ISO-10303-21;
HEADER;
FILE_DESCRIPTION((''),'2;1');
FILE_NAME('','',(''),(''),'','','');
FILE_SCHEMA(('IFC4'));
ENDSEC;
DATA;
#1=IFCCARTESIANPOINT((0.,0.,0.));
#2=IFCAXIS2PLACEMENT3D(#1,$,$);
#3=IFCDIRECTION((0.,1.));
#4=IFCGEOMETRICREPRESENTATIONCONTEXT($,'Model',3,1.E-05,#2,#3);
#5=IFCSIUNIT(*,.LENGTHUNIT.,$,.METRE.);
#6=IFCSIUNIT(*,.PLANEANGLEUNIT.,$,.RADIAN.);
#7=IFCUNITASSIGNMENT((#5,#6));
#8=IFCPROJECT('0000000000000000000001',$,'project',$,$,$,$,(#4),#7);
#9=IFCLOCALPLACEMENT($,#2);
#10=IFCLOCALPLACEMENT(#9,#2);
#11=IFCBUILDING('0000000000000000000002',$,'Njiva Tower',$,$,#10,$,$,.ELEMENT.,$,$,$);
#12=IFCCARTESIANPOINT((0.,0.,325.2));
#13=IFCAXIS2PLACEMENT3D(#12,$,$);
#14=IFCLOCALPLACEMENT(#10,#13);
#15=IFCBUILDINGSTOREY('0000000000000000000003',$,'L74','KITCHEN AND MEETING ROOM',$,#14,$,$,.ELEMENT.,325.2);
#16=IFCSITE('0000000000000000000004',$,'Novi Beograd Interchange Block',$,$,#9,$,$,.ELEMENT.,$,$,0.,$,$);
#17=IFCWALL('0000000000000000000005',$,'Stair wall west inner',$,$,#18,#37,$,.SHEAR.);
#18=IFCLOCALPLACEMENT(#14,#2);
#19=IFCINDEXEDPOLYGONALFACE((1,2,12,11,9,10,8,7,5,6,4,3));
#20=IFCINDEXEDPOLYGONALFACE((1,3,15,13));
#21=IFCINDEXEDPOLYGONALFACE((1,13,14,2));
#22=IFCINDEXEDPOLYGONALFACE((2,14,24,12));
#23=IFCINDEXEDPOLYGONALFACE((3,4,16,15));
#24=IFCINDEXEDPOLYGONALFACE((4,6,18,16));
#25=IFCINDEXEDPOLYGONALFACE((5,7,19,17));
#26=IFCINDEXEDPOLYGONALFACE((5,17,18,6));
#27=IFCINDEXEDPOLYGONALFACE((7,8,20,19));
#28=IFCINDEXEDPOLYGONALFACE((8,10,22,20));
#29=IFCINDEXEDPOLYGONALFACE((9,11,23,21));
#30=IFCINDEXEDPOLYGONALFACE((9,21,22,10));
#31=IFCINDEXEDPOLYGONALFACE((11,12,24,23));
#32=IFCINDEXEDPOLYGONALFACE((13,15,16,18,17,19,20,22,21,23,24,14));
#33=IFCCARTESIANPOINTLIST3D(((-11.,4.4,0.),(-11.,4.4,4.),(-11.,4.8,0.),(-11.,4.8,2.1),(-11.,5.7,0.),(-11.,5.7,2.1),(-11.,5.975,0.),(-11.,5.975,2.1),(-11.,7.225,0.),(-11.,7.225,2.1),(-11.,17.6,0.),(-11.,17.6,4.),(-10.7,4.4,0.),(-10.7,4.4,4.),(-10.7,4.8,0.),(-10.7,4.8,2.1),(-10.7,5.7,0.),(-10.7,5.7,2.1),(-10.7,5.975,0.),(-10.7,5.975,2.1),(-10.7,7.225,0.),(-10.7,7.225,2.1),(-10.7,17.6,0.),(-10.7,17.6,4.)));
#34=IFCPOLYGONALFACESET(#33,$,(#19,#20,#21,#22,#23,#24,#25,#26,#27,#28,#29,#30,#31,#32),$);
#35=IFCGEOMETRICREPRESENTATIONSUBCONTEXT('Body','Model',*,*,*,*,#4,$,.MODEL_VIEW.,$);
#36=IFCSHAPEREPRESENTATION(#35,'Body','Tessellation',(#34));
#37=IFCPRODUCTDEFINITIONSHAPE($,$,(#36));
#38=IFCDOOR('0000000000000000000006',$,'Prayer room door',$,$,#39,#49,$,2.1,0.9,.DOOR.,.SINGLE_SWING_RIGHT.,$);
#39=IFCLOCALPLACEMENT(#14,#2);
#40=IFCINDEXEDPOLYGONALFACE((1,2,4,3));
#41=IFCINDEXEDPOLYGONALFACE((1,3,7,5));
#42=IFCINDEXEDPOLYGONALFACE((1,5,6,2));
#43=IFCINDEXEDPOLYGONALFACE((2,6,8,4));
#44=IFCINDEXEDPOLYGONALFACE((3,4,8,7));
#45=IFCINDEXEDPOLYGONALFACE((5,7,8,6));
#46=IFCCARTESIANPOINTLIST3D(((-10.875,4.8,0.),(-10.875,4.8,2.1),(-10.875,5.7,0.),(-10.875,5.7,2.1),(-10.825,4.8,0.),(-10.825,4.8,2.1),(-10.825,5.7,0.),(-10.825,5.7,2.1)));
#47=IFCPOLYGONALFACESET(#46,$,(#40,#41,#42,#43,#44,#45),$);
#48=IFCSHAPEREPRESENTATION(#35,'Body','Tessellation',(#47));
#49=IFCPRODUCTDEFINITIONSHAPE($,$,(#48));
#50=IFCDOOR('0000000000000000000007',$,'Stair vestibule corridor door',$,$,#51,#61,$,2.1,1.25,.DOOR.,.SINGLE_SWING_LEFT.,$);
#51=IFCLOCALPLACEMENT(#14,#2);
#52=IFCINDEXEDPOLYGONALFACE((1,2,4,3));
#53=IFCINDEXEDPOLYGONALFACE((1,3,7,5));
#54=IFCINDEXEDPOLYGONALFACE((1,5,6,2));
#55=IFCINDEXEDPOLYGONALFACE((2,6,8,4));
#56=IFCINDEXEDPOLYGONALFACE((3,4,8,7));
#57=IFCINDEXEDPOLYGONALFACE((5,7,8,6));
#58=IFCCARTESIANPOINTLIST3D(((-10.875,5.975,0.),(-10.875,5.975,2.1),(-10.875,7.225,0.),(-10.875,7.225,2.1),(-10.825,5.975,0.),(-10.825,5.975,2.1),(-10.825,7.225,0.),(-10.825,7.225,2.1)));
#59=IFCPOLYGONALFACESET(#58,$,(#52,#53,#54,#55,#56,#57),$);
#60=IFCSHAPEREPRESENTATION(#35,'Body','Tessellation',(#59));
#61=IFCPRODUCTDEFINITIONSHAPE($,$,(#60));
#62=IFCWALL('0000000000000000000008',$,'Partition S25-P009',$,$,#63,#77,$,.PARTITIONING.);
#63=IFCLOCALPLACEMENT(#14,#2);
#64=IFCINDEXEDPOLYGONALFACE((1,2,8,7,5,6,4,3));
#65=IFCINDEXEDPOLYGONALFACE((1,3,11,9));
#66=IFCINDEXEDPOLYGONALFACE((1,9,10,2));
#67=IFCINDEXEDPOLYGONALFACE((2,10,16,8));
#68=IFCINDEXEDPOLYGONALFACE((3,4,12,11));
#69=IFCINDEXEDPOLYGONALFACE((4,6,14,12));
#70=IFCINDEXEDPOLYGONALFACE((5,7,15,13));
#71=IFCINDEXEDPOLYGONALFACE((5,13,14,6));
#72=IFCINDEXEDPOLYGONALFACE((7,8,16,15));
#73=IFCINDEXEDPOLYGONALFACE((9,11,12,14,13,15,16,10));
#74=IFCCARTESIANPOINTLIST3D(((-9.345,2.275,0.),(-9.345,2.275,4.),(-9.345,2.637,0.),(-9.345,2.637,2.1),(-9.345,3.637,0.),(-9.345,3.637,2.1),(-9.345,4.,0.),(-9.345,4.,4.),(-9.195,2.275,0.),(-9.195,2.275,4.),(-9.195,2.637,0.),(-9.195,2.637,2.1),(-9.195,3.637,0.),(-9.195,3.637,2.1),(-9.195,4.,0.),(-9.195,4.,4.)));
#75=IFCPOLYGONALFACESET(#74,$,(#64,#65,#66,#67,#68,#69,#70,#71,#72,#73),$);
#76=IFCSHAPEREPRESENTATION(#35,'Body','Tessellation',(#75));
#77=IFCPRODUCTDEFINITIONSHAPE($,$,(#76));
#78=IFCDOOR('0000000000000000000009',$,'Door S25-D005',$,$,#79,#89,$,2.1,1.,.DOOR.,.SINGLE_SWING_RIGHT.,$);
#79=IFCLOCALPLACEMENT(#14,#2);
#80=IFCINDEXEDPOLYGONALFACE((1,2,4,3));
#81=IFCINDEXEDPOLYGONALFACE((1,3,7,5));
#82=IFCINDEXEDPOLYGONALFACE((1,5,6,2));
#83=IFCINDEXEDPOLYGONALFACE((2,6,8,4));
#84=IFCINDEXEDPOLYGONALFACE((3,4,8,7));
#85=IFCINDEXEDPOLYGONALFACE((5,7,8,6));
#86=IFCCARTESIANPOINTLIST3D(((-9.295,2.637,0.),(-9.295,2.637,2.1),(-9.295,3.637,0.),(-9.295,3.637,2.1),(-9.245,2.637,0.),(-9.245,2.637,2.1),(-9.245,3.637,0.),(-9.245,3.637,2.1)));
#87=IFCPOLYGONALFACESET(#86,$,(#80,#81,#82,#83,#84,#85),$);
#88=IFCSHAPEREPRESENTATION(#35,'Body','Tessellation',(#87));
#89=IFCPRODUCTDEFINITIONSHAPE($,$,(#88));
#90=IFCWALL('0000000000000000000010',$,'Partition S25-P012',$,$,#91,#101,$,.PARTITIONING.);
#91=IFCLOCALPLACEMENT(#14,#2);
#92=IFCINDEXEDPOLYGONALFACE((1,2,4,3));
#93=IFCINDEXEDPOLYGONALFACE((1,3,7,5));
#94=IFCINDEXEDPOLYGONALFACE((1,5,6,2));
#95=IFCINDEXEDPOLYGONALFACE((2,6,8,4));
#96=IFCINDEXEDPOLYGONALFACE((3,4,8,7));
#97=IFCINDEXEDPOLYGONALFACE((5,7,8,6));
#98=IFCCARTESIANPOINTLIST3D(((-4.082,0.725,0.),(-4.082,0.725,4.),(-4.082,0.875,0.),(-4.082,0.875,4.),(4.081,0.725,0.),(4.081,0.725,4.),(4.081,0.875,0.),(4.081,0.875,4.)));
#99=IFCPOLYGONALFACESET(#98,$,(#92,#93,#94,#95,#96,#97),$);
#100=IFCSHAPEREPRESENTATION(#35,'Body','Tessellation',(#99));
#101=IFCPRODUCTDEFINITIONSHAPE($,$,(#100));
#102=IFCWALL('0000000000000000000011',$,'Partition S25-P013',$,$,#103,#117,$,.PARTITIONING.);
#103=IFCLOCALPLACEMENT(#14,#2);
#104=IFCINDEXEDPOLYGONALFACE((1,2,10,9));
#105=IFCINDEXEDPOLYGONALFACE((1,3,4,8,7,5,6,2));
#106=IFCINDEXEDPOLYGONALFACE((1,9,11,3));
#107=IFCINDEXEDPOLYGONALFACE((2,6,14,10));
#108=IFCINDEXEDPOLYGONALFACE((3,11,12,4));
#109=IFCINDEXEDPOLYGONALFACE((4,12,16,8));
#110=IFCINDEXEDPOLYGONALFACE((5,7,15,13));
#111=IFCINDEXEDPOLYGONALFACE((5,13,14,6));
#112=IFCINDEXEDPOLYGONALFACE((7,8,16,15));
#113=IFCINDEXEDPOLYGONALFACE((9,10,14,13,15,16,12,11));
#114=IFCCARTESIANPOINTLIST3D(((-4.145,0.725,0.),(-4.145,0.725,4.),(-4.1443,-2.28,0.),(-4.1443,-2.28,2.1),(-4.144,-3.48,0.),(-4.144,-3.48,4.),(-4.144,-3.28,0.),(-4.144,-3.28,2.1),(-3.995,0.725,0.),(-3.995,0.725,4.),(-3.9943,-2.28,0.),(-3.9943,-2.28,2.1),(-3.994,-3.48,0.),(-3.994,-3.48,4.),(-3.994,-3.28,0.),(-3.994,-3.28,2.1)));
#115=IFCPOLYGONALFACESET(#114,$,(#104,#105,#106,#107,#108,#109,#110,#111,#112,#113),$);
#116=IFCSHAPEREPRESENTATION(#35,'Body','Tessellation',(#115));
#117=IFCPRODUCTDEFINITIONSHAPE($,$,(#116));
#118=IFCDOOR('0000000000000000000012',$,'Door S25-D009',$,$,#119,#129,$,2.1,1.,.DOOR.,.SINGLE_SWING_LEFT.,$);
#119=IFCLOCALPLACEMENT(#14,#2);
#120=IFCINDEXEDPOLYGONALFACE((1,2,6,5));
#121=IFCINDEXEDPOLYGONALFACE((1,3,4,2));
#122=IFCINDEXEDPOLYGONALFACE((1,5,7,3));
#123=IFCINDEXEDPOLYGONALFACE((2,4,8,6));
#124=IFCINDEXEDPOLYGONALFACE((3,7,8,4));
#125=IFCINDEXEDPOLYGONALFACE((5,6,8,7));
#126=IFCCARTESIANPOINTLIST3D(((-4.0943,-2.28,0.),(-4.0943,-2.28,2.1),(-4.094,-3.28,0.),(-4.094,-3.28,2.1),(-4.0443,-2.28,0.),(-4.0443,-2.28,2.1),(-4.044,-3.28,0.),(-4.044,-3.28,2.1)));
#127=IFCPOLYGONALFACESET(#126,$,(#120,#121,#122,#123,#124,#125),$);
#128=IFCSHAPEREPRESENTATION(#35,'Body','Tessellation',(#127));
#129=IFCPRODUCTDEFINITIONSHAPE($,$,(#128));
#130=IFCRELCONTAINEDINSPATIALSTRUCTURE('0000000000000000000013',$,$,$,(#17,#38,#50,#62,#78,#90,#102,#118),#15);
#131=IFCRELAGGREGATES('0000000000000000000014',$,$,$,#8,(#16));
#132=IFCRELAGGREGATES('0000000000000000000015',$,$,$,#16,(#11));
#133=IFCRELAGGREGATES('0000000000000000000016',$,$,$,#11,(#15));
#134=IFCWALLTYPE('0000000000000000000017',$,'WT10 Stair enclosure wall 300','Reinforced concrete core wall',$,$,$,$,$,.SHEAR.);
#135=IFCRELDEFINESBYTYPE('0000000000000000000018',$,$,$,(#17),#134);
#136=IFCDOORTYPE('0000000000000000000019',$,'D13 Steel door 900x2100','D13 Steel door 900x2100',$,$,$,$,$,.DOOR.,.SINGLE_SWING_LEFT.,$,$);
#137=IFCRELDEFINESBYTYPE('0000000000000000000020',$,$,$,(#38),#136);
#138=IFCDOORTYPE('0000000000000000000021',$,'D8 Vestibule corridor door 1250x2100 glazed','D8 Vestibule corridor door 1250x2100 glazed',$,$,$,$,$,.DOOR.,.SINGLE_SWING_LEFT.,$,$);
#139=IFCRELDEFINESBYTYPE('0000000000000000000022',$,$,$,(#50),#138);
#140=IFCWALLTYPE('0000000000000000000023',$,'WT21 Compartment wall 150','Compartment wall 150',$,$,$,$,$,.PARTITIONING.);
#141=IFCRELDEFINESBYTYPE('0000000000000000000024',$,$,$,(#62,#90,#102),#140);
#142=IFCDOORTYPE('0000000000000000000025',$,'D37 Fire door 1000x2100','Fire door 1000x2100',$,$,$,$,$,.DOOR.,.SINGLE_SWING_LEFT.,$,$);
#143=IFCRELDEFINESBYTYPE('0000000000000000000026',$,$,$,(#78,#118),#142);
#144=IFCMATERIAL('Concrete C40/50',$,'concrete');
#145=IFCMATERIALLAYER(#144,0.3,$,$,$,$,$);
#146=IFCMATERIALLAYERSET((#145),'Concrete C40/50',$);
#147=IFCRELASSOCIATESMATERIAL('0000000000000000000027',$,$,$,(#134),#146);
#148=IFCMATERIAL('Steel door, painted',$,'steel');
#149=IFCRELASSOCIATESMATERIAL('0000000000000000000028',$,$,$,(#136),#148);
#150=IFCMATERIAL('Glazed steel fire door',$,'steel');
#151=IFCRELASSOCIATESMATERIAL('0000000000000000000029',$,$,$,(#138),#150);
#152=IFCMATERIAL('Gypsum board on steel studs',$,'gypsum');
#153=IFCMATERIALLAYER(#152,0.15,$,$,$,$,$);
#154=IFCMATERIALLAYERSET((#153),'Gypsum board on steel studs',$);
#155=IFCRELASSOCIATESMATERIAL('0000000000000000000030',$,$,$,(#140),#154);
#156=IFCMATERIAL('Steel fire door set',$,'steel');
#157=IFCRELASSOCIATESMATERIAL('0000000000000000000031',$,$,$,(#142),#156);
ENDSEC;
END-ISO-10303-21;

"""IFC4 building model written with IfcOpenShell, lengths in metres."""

from ifc_helpers import new_model, si_unit, direction, frame, frame_2d, origin, place, context, subcontext, project, spatial, rectangle, extrude, material, layer, layer_set, type_object, element, fill, save


model = new_model("IFC4")

# Units and contexts
model_context = context("Model", 3, precision=1e-05, world=origin(), true_north=direction((0.0, 1.0)))
body_context = subcontext(model_context, "Body", "Model", "MODEL_VIEW")
ifc_project = project(units=[si_unit("LENGTHUNIT", "METRE"), si_unit("PLANEANGLEUNIT", "RADIAN")], contexts=[model_context])

# Site, building, storey
site_placement = place(None, origin())
site = spatial("IfcSite", under=ifc_project, at=site_placement, Name="Novi Beograd Interchange Block", CompositionType="ELEMENT", RefElevation=0.0)
building_placement = place(site_placement, origin())
building = spatial("IfcBuilding", under=site, at=building_placement, Name="Njiva Tower", CompositionType="ELEMENT")
storey_placement = place(building_placement, frame((0.0, 0.0, 325.2)))
storey = spatial("IfcBuildingStorey", under=building, at=storey_placement, Name="L74", Description="KITCHEN AND MEETING ROOM", CompositionType="ELEMENT", Elevation=325.2)

# Wall, openings, doors
ifc_material_1 = material(Name="Concrete C40/50", Category="concrete")
ifc_layer_1 = layer(ifc_material_1, 0.3)
ifc_layer_set_1 = layer_set([ifc_layer_1], Name="Concrete C40/50")
wall_type_1 = type_object("IfcWallType", Name="WT10 Stair enclosure wall 300", Description="Reinforced concrete core wall", PredefinedType="SHEAR", material=ifc_layer_set_1)
wall_1_placement = place(storey_placement, frame((-10.85, 4.4, 0.0), z_axis=(0.0, 0.0, 1.0), x_axis=(0.0, 1.0, 0.0)))
wall_1 = element("IfcWall", 1, at=wall_1_placement, inside=storey, type_object=wall_type_1, Name="Stair wall west inner", PredefinedType="SHEAR", context=body_context, shape_type="SweptSolid", body=[
    extrude(rectangle(XDim=13.2, YDim=0.3, at=frame_2d((6.6, 0.0))), origin(), (0.0, 0.0, 1.0), 4.0),
])
opening_1_placement = place(wall_1_placement, frame((1.575, 0.0, 0.0)))
opening_1 = element("IfcOpeningElement", 2, at=opening_1_placement, cuts=wall_1, PredefinedType="OPENING", context=body_context, shape_type="SweptSolid", body=[
    extrude(rectangle(XDim=1.25, YDim=2.1, at=frame_2d((0.625, 1.05))), frame((0.0, 0.16, 0.0), z_axis=(0.0, -1.0, 0.0), x_axis=(1.0, 0.0, 0.0)), (0.0, 0.0, 1.0), 0.32),
])
opening_2_placement = place(wall_1_placement, frame((0.4, 0.0, 0.0)))
opening_2 = element("IfcOpeningElement", 3, at=opening_2_placement, cuts=wall_1, PredefinedType="OPENING", context=body_context, shape_type="SweptSolid", body=[
    extrude(rectangle(XDim=0.9, YDim=2.1, at=frame_2d((0.45, 1.05))), frame((0.0, 0.16, 0.0), z_axis=(0.0, -1.0, 0.0), x_axis=(1.0, 0.0, 0.0)), (0.0, 0.0, 1.0), 0.32),
])
ifc_material_2 = material(Name="Steel door, painted", Category="steel")
door_type_1 = type_object("IfcDoorType", Name="D13 Steel door 900x2100", Description="D13 Steel door 900x2100", OperationType="SINGLE_SWING_LEFT", PredefinedType="DOOR", material=ifc_material_2)
door_1_placement = place(opening_2_placement, origin())
door_1 = element("IfcDoor", 4, at=door_1_placement, inside=storey, type_object=door_type_1, Name="Prayer room door", OperationType="SINGLE_SWING_RIGHT", OverallHeight=2.1, OverallWidth=0.9, PredefinedType="DOOR", context=body_context, shape_type="SweptSolid", body=[
    extrude(rectangle(XDim=0.9, YDim=2.1, at=frame_2d((0.45, 1.05))), frame((0.0, 0.025, 0.0), z_axis=(0.0, -1.0, 0.0), x_axis=(1.0, 0.0, 0.0)), (0.0, 0.0, 1.0), 0.05),
])
fill(opening_2, door_1)
ifc_material_3 = material(Name="Glazed steel fire door", Category="steel")
door_type_2 = type_object("IfcDoorType", Name="D8 Vestibule corridor door 1250x2100 glazed", Description="D8 Vestibule corridor door 1250x2100 glazed", OperationType="SINGLE_SWING_LEFT", PredefinedType="DOOR", material=ifc_material_3)
door_2_placement = place(opening_1_placement, origin())
door_2 = element("IfcDoor", 5, at=door_2_placement, inside=storey, type_object=door_type_2, Name="Stair vestibule corridor door", OperationType="SINGLE_SWING_LEFT", OverallHeight=2.1, OverallWidth=1.25, PredefinedType="DOOR", context=body_context, shape_type="SweptSolid", body=[
    extrude(rectangle(XDim=1.25, YDim=2.1, at=frame_2d((0.625, 1.05))), frame((0.0, 0.025, 0.0), z_axis=(0.0, -1.0, 0.0), x_axis=(1.0, 0.0, 0.0)), (0.0, 0.0, 1.0), 0.05),
])
fill(opening_1, door_2)

# Wall, opening, door
ifc_material_4 = material(Name="Gypsum board on steel studs", Category="gypsum")
ifc_layer_2 = layer(ifc_material_4, 0.15)
ifc_layer_set_2 = layer_set([ifc_layer_2], Name="Gypsum board on steel studs")
wall_type_2 = type_object("IfcWallType", Name="WT21 Compartment wall 150", Description="Compartment wall 150", PredefinedType="PARTITIONING", material=ifc_layer_set_2)
wall_2_placement = place(storey_placement, frame((-9.27, 2.275, 0.0), z_axis=(0.0, 0.0, 1.0), x_axis=(0.0, 1.0, 0.0)))
wall_2 = element("IfcWall", 6, at=wall_2_placement, inside=storey, type_object=wall_type_2, Name="Partition S25-P009", PredefinedType="PARTITIONING", context=body_context, shape_type="SweptSolid", body=[
    extrude(rectangle(XDim=1.725, YDim=0.15, at=frame_2d((0.8625, 0.0))), origin(), (0.0, 0.0, 1.0), 4.0),
])
opening_3_placement = place(wall_2_placement, frame((0.362, 0.0, 0.0)))
opening_3 = element("IfcOpeningElement", 7, at=opening_3_placement, cuts=wall_2, PredefinedType="OPENING", context=body_context, shape_type="SweptSolid", body=[
    extrude(rectangle(XDim=1.0, YDim=2.1, at=frame_2d((0.5, 1.05))), frame((0.0, 0.085, 0.0), z_axis=(0.0, -1.0, 0.0), x_axis=(1.0, 0.0, 0.0)), (0.0, 0.0, 1.0), 0.17),
])
ifc_material_5 = material(Name="Steel fire door set", Category="steel")
door_type_3 = type_object("IfcDoorType", Name="D37 Fire door 1000x2100", Description="Fire door 1000x2100", OperationType="SINGLE_SWING_LEFT", PredefinedType="DOOR", material=ifc_material_5)
door_3_placement = place(opening_3_placement, origin())
door_3 = element("IfcDoor", 8, at=door_3_placement, inside=storey, type_object=door_type_3, Name="Door S25-D005", OperationType="SINGLE_SWING_RIGHT", OverallHeight=2.1, OverallWidth=1.0, PredefinedType="DOOR", context=body_context, shape_type="SweptSolid", body=[
    extrude(rectangle(XDim=1.0, YDim=2.1, at=frame_2d((0.5, 1.05))), frame((0.0, 0.025, 0.0), z_axis=(0.0, -1.0, 0.0), x_axis=(1.0, 0.0, 0.0)), (0.0, 0.0, 1.0), 0.05),
])
fill(opening_3, door_3)

# Wall
wall_3_placement = place(storey_placement, frame((-4.082, 0.8, 0.0), z_axis=(0.0, 0.0, 1.0), x_axis=(1.0, 0.0, 0.0)))
element("IfcWall", 9, at=wall_3_placement, inside=storey, type_object=wall_type_2, Name="Partition S25-P012", PredefinedType="PARTITIONING", context=body_context, shape_type="SweptSolid", body=[
    extrude(rectangle(XDim=8.163, YDim=0.15, at=frame_2d((4.0815, 0.0))), origin(), (0.0, 0.0, 1.0), 4.0),
])

# Wall, opening, door
wall_4_placement = place(storey_placement, frame((-4.07, 0.725, 0.0), z_axis=(0.0, 0.0, 1.0), x_axis=(0.000238, -1.0, 0.0)))
wall_4 = element("IfcWall", 10, at=wall_4_placement, inside=storey, type_object=wall_type_2, Name="Partition S25-P013", PredefinedType="PARTITIONING", context=body_context, shape_type="SweptSolid", body=[
    extrude(rectangle(XDim=4.205, YDim=0.15, at=frame_2d((2.1025, 0.0))), origin(), (0.0, 0.0, 1.0), 4.0),
])
opening_4_placement = place(wall_4_placement, frame((3.005, 0.0, 0.0)))
opening_4 = element("IfcOpeningElement", 11, at=opening_4_placement, cuts=wall_4, PredefinedType="OPENING", context=body_context, shape_type="SweptSolid", body=[
    extrude(rectangle(XDim=1.0, YDim=2.1, at=frame_2d((0.5, 1.05))), frame((0.0, 0.085, 0.0), z_axis=(0.0, -1.0, 0.0), x_axis=(1.0, 0.0, 0.0)), (0.0, 0.0, 1.0), 0.17),
])
door_4_placement = place(opening_4_placement, origin())
door_4 = element("IfcDoor", 12, at=door_4_placement, inside=storey, type_object=door_type_3, Name="Door S25-D009", OperationType="SINGLE_SWING_LEFT", OverallHeight=2.1, OverallWidth=1.0, PredefinedType="DOOR", context=body_context, shape_type="SweptSolid", body=[
    extrude(rectangle(XDim=1.0, YDim=2.1, at=frame_2d((0.5, 1.05))), frame((0.0, 0.025, 0.0), z_axis=(0.0, -1.0, 0.0), x_axis=(1.0, 0.0, 0.0)), (0.0, 0.0, 1.0), 0.05),
])
fill(opening_4, door_4)

save(model, "model.ifc")
